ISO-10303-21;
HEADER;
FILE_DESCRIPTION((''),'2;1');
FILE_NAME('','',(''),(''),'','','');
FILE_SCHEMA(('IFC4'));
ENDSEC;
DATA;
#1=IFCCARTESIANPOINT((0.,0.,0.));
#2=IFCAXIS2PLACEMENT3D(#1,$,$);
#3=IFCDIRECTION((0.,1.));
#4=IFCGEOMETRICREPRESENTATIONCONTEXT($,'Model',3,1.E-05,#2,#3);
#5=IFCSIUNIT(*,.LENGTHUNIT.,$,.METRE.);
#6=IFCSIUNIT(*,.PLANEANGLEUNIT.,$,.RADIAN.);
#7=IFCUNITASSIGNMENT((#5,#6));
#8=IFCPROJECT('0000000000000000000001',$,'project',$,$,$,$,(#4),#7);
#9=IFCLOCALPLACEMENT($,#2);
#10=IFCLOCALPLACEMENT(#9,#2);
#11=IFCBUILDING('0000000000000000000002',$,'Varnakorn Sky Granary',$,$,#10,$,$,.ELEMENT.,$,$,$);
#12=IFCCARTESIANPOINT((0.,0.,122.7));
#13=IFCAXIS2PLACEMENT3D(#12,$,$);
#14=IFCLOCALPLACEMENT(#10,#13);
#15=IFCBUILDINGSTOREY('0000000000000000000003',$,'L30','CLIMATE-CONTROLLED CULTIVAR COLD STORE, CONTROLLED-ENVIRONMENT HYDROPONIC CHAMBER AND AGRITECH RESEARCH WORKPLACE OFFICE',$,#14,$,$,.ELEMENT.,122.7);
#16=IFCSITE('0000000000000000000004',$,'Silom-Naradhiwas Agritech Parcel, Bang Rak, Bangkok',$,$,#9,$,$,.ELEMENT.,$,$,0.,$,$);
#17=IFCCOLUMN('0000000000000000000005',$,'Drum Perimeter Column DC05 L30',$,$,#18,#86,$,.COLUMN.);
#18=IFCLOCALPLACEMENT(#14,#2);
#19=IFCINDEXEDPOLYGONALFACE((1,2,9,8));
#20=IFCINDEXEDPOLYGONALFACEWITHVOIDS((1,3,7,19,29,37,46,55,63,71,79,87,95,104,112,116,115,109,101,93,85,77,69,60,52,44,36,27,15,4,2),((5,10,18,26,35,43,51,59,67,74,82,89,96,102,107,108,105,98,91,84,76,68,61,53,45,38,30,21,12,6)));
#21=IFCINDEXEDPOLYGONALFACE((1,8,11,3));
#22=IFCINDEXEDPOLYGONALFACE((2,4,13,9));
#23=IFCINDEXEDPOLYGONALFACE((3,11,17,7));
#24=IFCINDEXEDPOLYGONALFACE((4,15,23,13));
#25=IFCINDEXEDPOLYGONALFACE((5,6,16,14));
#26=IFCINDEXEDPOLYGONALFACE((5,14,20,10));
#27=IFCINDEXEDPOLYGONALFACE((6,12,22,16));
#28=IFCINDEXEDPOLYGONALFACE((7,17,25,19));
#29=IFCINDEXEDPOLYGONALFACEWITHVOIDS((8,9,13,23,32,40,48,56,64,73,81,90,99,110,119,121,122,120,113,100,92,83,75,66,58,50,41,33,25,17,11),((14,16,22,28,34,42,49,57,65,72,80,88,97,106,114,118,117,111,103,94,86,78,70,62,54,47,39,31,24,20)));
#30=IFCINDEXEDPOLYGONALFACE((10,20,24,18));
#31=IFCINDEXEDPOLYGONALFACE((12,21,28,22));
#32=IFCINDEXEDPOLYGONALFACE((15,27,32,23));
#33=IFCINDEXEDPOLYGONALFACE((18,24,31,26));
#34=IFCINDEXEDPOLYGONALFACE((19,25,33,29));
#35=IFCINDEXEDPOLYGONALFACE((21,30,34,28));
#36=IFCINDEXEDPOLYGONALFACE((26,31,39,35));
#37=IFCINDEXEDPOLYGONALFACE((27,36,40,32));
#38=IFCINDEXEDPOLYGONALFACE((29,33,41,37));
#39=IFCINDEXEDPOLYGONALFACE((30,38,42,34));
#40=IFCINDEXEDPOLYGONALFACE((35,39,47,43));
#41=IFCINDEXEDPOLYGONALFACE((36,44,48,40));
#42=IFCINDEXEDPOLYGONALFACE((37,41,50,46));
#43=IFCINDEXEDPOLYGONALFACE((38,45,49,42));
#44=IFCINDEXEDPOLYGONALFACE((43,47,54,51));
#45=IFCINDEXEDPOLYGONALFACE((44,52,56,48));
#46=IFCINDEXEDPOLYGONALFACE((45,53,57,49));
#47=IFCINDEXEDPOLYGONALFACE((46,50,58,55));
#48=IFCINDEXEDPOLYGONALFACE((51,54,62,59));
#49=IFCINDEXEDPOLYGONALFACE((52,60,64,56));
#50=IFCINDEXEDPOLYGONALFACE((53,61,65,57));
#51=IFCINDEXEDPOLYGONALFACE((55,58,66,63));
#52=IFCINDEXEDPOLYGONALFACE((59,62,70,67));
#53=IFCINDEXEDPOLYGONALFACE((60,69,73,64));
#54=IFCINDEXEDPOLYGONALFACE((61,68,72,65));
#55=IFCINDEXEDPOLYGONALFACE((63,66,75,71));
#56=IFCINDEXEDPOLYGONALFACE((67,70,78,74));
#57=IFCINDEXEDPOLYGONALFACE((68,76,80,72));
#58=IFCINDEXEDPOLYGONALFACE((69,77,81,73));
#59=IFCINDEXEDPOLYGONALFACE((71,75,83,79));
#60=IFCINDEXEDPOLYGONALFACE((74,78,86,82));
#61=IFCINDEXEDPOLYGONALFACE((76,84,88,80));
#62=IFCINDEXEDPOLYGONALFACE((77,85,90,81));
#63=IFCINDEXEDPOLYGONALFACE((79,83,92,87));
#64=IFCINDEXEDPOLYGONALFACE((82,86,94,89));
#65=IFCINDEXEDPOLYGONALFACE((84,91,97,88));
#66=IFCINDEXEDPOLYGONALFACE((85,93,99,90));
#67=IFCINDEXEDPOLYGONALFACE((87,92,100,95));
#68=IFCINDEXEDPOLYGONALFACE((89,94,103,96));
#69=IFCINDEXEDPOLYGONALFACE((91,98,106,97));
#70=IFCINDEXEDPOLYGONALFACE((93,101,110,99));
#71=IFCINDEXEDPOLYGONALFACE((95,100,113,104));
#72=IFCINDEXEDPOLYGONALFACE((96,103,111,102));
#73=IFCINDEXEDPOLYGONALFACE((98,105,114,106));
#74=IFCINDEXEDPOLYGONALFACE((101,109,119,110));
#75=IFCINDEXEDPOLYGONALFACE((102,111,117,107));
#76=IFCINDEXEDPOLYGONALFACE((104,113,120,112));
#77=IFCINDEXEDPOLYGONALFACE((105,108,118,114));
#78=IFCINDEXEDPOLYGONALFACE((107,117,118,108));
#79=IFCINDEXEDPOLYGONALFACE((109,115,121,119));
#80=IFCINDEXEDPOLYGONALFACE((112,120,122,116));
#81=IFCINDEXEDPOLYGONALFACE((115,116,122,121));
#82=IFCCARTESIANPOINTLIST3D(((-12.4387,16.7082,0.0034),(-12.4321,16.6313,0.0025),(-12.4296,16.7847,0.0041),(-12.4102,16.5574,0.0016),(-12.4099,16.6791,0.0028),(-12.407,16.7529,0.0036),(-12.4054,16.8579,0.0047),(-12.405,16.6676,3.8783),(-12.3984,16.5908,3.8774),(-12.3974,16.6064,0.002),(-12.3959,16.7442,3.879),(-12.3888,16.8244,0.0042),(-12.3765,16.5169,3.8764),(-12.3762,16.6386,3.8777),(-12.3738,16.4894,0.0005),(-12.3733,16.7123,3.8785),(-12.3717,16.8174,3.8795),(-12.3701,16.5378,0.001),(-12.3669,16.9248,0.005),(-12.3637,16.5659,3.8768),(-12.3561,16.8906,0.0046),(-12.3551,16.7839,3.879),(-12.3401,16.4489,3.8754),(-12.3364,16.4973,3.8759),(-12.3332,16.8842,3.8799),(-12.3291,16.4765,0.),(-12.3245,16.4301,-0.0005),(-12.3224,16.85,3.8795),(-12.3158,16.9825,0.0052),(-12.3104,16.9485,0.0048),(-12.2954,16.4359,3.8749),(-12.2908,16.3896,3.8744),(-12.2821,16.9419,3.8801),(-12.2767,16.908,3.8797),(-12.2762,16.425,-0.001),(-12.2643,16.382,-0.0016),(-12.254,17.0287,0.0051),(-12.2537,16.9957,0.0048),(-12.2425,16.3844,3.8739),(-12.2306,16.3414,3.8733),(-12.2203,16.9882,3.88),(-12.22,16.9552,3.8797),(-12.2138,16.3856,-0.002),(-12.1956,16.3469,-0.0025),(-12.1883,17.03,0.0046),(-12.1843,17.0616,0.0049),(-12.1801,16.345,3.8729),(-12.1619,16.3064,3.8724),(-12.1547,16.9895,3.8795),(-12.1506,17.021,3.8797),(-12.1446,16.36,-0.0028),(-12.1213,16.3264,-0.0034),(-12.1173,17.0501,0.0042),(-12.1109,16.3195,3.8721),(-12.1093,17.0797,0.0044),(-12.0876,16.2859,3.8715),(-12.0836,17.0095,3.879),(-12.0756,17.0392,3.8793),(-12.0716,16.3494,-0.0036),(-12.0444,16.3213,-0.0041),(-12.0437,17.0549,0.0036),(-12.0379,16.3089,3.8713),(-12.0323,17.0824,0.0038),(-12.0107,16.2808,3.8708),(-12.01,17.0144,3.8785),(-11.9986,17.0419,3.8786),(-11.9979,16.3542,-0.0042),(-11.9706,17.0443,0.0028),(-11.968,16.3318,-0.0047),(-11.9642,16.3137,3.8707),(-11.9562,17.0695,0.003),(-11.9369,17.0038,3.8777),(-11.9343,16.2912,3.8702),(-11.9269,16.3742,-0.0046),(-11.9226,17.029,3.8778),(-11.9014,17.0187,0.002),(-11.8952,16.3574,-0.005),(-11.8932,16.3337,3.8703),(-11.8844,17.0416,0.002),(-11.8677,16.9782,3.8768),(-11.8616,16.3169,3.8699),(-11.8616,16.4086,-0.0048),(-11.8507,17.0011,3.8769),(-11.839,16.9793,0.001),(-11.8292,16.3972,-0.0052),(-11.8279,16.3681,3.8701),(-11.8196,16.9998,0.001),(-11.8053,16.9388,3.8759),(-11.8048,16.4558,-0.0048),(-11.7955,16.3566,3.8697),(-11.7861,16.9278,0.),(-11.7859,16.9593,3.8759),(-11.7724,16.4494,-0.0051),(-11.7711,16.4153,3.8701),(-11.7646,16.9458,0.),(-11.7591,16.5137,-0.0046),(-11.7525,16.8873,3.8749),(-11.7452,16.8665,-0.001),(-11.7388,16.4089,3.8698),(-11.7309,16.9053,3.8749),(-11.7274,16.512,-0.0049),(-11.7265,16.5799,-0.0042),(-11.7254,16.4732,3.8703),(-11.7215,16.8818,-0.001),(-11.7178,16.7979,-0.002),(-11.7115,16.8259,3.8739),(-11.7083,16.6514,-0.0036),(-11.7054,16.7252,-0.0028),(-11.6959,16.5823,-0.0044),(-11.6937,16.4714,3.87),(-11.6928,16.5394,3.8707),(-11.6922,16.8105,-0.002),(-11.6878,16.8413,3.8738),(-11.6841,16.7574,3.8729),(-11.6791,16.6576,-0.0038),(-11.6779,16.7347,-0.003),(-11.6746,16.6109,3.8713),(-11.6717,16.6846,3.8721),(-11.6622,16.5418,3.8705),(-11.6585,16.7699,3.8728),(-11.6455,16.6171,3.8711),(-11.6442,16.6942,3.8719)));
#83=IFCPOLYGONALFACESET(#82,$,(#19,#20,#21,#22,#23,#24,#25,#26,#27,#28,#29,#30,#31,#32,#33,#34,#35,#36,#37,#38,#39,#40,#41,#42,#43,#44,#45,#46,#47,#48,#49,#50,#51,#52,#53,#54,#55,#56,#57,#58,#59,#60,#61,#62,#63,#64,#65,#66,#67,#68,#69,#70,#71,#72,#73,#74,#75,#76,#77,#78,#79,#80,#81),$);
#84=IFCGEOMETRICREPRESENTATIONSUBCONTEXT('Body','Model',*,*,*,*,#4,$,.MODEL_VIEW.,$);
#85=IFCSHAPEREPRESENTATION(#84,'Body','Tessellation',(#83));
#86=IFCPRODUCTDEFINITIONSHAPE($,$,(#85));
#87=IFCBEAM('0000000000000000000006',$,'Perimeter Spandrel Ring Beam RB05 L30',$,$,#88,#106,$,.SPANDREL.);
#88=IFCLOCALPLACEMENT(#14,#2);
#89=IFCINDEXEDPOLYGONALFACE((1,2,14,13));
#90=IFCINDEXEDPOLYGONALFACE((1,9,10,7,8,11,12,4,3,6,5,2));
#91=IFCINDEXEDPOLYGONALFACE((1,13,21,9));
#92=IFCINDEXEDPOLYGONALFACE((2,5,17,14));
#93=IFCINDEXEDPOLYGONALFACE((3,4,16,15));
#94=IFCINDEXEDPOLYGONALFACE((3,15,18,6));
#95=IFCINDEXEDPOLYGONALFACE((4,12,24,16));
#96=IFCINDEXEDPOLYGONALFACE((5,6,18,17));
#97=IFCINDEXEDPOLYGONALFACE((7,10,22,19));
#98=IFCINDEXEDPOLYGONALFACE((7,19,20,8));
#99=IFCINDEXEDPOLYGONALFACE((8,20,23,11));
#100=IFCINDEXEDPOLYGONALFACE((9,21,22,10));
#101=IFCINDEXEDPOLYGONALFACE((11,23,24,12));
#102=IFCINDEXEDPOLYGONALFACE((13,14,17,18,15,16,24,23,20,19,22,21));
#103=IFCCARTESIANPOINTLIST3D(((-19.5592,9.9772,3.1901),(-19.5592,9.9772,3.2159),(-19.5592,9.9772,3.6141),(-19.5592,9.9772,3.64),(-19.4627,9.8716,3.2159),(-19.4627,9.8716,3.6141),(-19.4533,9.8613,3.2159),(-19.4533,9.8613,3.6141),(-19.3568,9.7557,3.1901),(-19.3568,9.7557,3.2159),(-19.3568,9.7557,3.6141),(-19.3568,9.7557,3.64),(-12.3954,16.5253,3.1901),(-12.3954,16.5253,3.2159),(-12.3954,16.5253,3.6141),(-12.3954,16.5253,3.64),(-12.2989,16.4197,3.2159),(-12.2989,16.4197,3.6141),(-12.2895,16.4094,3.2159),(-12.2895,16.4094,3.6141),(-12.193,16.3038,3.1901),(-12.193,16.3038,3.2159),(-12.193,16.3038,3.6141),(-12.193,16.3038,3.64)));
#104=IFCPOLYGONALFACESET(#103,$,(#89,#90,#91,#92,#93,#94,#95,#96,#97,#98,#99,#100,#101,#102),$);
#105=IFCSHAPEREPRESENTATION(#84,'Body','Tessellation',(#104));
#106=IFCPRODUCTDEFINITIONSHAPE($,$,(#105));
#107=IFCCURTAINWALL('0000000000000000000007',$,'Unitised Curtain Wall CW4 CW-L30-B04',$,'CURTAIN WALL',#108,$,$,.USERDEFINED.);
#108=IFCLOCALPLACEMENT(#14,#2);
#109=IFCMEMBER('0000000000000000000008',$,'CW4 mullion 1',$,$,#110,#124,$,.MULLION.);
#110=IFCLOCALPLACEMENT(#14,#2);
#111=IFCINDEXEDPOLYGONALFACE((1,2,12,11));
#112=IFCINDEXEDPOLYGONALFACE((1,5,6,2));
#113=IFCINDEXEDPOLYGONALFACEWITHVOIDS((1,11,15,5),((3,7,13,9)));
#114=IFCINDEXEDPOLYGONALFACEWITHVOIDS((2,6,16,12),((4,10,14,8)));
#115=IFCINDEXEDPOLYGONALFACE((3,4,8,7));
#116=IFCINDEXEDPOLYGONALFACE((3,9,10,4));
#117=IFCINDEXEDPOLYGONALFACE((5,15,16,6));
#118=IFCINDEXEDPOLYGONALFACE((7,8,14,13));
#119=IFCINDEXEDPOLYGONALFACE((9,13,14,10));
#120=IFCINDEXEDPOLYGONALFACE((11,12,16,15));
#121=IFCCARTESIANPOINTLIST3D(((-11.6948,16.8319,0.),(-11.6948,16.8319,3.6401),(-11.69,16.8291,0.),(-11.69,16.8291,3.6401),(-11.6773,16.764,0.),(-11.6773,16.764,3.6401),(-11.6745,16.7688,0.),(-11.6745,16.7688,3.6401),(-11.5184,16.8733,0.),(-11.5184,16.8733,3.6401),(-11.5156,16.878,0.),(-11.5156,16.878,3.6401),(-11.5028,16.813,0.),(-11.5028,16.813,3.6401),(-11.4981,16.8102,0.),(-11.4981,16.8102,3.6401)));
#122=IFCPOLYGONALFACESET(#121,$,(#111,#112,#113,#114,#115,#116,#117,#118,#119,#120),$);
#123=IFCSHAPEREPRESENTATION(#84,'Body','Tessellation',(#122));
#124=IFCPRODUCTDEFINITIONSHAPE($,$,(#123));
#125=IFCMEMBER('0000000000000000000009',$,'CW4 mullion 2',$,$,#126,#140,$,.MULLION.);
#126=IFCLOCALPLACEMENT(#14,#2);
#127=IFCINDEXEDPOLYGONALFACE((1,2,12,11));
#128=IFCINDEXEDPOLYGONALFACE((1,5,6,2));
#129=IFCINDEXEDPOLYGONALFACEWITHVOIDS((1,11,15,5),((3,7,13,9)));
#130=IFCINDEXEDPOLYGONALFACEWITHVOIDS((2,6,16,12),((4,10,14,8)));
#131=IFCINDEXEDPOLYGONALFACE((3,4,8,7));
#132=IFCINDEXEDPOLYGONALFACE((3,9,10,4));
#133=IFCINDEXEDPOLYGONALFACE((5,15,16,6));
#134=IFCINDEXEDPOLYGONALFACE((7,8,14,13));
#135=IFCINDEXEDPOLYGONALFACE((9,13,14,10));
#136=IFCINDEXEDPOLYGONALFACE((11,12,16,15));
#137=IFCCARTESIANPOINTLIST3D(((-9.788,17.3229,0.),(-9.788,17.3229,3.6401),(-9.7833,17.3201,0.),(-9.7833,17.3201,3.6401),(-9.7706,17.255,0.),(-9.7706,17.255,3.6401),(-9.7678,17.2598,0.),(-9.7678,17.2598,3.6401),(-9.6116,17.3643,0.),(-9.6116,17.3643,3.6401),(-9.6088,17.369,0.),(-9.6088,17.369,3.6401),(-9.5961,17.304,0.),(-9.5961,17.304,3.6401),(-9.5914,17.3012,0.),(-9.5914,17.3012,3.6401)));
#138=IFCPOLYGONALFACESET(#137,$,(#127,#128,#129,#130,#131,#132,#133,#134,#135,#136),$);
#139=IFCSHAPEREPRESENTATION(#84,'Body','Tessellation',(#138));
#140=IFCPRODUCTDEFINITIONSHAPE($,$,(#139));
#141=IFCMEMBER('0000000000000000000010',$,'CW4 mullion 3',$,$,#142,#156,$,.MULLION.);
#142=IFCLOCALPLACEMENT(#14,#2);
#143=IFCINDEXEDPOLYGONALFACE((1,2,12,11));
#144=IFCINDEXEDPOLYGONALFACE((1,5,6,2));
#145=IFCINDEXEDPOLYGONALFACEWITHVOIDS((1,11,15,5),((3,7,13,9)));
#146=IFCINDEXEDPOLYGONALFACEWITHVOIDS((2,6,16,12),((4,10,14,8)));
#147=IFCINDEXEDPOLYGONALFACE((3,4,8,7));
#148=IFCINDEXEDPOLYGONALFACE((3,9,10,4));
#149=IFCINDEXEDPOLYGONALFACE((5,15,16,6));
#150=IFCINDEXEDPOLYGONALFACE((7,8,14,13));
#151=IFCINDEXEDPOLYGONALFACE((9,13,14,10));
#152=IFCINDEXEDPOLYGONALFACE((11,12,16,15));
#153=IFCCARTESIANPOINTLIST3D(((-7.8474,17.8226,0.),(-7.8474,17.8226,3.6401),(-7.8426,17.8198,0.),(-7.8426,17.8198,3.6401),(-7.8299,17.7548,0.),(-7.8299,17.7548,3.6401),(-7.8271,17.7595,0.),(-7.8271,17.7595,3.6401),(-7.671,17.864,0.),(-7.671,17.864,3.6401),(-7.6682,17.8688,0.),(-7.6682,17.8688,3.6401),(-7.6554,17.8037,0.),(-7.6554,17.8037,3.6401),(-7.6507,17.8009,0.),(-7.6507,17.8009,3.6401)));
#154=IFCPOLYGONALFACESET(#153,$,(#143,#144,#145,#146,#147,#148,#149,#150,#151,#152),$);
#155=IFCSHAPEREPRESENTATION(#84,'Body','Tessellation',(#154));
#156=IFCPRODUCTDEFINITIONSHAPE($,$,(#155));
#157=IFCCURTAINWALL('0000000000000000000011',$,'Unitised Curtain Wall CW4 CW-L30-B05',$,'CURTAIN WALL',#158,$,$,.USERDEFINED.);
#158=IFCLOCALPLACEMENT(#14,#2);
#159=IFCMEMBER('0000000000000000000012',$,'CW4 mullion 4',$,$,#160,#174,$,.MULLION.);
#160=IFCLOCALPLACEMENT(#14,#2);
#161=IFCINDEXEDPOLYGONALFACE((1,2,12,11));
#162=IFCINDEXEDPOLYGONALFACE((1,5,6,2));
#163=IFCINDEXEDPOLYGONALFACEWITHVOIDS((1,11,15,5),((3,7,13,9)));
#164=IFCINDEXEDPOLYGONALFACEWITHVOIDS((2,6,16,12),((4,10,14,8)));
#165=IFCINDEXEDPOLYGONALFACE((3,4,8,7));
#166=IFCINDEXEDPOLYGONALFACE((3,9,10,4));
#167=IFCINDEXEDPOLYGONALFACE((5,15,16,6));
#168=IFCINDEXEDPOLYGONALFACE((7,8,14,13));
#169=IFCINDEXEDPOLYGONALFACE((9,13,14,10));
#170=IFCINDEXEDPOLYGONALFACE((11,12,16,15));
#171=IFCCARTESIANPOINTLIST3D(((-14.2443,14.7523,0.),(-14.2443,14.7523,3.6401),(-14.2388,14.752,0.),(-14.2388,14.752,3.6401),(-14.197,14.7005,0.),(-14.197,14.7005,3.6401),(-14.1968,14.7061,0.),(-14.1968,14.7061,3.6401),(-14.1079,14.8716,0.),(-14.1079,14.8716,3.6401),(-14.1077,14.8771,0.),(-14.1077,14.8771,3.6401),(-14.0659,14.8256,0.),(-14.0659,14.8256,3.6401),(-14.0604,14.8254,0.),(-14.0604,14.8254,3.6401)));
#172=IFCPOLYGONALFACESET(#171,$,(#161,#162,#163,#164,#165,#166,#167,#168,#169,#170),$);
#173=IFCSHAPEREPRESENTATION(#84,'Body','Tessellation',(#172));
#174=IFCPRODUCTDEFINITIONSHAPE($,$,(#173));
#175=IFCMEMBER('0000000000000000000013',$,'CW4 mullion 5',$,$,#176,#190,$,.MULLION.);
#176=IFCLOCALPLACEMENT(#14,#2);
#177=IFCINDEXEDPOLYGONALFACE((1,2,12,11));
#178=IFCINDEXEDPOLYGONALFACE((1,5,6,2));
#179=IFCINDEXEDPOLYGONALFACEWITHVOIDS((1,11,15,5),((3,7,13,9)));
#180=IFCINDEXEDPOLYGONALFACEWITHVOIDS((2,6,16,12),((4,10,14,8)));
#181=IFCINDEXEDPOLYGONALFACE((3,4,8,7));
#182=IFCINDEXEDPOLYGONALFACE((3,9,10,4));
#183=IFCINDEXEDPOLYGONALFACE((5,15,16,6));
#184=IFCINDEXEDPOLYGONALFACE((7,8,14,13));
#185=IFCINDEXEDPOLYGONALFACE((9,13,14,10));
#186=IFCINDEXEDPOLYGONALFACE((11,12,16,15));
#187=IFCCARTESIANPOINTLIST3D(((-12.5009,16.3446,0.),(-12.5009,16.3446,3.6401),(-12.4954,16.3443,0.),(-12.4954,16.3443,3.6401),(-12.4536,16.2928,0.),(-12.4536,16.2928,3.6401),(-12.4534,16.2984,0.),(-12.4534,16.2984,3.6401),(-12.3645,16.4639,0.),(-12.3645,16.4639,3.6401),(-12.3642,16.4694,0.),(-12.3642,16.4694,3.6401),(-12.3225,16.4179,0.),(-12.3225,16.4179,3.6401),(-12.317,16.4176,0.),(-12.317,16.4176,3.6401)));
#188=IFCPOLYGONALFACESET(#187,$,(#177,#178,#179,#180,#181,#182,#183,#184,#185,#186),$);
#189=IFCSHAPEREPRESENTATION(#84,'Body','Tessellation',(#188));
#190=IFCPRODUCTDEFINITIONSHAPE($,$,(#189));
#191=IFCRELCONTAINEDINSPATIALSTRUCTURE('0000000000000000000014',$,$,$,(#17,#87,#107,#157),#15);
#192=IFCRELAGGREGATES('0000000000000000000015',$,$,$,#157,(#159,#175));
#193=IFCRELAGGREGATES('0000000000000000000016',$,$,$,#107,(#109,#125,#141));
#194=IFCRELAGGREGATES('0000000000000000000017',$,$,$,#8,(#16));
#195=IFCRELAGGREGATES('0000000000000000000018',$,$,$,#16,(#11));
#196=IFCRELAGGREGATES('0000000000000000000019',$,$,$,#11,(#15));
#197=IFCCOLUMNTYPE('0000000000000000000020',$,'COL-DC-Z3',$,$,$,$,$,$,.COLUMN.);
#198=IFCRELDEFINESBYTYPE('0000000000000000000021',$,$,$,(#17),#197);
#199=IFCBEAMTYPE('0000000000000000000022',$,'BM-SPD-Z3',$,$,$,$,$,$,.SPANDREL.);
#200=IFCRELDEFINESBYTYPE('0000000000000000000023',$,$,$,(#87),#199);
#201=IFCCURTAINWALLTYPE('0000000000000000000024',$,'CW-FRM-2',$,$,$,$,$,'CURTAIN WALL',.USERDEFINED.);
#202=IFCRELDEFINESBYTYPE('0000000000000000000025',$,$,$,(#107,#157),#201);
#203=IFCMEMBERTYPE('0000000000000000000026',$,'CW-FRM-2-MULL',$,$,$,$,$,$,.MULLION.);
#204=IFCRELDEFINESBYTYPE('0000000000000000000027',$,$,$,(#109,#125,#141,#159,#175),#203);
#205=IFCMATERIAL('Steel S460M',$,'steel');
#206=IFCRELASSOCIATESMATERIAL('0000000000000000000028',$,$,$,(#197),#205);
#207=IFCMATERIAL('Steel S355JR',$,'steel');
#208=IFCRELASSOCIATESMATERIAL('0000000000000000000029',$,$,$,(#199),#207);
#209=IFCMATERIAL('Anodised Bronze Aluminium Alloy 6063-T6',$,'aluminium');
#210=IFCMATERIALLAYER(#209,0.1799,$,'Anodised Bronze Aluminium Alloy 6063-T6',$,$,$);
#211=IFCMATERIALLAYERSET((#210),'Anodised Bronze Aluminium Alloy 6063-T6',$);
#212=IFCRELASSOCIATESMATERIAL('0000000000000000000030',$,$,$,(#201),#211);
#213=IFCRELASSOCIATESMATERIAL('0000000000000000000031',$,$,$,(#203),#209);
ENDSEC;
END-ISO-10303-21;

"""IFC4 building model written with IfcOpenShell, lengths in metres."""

from ifc_helpers import new_model, si_unit, direction, frame, origin, origin_2d, place, context, subcontext, project, spatial, hollow_rectangle, hollow_circle, i_section, extrude, material, layer, layer_set, material_profile, profile_set, type_object, element, aggregate, save


model = new_model("IFC4")

# Units and contexts
model_context = context("Model", 3, precision=1e-05, world=origin(), true_north=direction((0.0, 1.0)))
body_context = subcontext(model_context, "Body", "Model", "MODEL_VIEW")
ifc_project = project(units=[si_unit("LENGTHUNIT", "METRE"), si_unit("PLANEANGLEUNIT", "RADIAN")], contexts=[model_context])

# Site, building, storey
site_placement = place(None, origin())
site = spatial("IfcSite", under=ifc_project, at=site_placement, Name="Silom-Naradhiwas Agritech Parcel, Bang Rak, Bangkok", CompositionType="ELEMENT", RefElevation=0.0)
building_placement = place(site_placement, origin())
building = spatial("IfcBuilding", under=site, at=building_placement, Name="Varnakorn Sky Granary", CompositionType="ELEMENT")
storey_placement = place(building_placement, frame((0.0, 0.0, 122.7)))
storey = spatial("IfcBuildingStorey", under=building, at=storey_placement, Name="L30", Description="CLIMATE-CONTROLLED CULTIVAR COLD STORE, CONTROLLED-ENVIRONMENT HYDROPONIC CHAMBER AND AGRITECH RESEARCH WORKPLACE OFFICE", CompositionType="ELEMENT", Elevation=122.7)

# Column
ifc_material_1 = material(Name="Steel S460M", Category="steel")
ifc_material_profile_1 = material_profile(ifc_material_1, hollow_circle(Radius=0.3811, WallThickness=0.0281, at=origin_2d()), Name="CHS 762x28")
ifc_profile_set_1 = profile_set([ifc_material_profile_1], Name="Steel S460M")
column_type = type_object("IfcColumnType", Name="COL-DC-Z3", PredefinedType="COLUMN", material=ifc_profile_set_1)
column_placement = place(storey_placement, frame((-12.0576, 16.7021, 0.0), z_axis=(0.008694, -0.010458, 0.999908), x_axis=(0.76898, 0.639273, 0.0)))
element("IfcColumn", 1, at=column_placement, inside=storey, type_object=column_type, Name="Drum Perimeter Column DC05 L30", PredefinedType="COLUMN", context=body_context, shape_type="SweptSolid", body=[
    extrude(hollow_circle(Radius=0.3811, WallThickness=0.0281, at=origin_2d()), origin(), (0.0, 0.0, 1.0), 3.8752),
])

# Beam
ifc_material_2 = material(Name="Steel S355JR", Category="steel")
ifc_material_profile_2 = material_profile(ifc_material_2, i_section(OverallWidth=0.3, OverallDepth=0.45, WebThickness=0.0139, FlangeThickness=0.0259, at=origin_2d()), Name="HE 450 B")
ifc_profile_set_2 = profile_set([ifc_material_profile_2], Name="Steel S355JR")
beam_type = type_object("IfcBeamType", Name="BM-SPD-Z3", PredefinedType="SPANDREL", material=ifc_profile_set_2)
beam_placement = place(storey_placement, frame((-12.2942, 16.4146, 3.415), z_axis=(-0.738115, -0.674675, 0.0), x_axis=(0.674675, -0.738115, 0.0)))
element("IfcBeam", 2, at=beam_placement, inside=storey, type_object=beam_type, Name="Perimeter Spandrel Ring Beam RB05 L30", PredefinedType="SPANDREL", context=body_context, shape_type="SweptSolid", body=[
    extrude(i_section(OverallWidth=0.3, OverallDepth=0.45, WebThickness=0.0139, FlangeThickness=0.0259, at=origin_2d()), origin(), (0.0, 0.0, 1.0), 9.7056),
])

# Curtain walls, members
ifc_material_3 = material(Name="Anodised Bronze Aluminium Alloy 6063-T6", Category="aluminium")
ifc_layer_1 = layer(ifc_material_3, 0.1799, Name="Anodised Bronze Aluminium Alloy 6063-T6")
ifc_layer_set_1 = layer_set([ifc_layer_1], Name="Anodised Bronze Aluminium Alloy 6063-T6")
curtain_wall_type = type_object("IfcCurtainWallType", Name="CW-FRM-2", ElementType="CURTAIN WALL", PredefinedType="USERDEFINED", material=ifc_layer_set_1)
curtain_wall_1_placement = place(storey_placement, origin())
curtain_wall_1 = element("IfcCurtainWall", 3, at=curtain_wall_1_placement, inside=storey, type_object=curtain_wall_type, Name="Unitised Curtain Wall CW4 CW-L30-B04", ObjectType="CURTAIN WALL", PredefinedType="USERDEFINED")
ifc_material_profile_3 = material_profile(ifc_material_3, hollow_rectangle(XDim=0.0701, YDim=0.1851, WallThickness=0.0039, at=origin_2d()), Name="ALU MULL 70x185")
ifc_profile_set_3 = profile_set([ifc_material_profile_3], Name="Anodised Bronze Aluminium Alloy 6063-T6")
member_type_1 = type_object("IfcMemberType", Name="CW-FRM-2-MULL", PredefinedType="MULLION", material=ifc_profile_set_3)
member_1_placement = place(storey_placement, frame((-11.5964, 16.821, 0.0), z_axis=(0.0, 0.0, 1.0), x_axis=(-0.249384, 0.968405, 0.0)))
member_1 = element("IfcMember", 4, at=member_1_placement, type_object=member_type_1, Name="CW4 mullion 1", PredefinedType="MULLION", context=body_context, shape_type="SweptSolid", body=[
    extrude(hollow_rectangle(XDim=0.0701, YDim=0.1851, WallThickness=0.0039, at=origin_2d()), origin(), (0.0, 0.0, 1.0), 3.6401),
])
member_2_placement = place(storey_placement, frame((-9.6897, 17.312, 0.0), z_axis=(0.0, 0.0, 1.0), x_axis=(-0.249384, 0.968405, 0.0)))
member_2 = element("IfcMember", 5, at=member_2_placement, type_object=member_type_1, Name="CW4 mullion 2", PredefinedType="MULLION", context=body_context, shape_type="SweptSolid", body=[
    extrude(hollow_rectangle(XDim=0.0701, YDim=0.1851, WallThickness=0.0039, at=origin_2d()), origin(), (0.0, 0.0, 1.0), 3.6401),
])
member_3_placement = place(storey_placement, frame((-7.749, 17.8118, 0.0), z_axis=(0.0, 0.0, 1.0), x_axis=(-0.249384, 0.968405, 0.0)))
member_3 = element("IfcMember", 6, at=member_3_placement, type_object=member_type_1, Name="CW4 mullion 3", PredefinedType="MULLION", context=body_context, shape_type="SweptSolid", body=[
    extrude(hollow_rectangle(XDim=0.0701, YDim=0.1851, WallThickness=0.0039, at=origin_2d()), origin(), (0.0, 0.0, 1.0), 3.6401),
])
curtain_wall_2_placement = place(storey_placement, origin())
curtain_wall_2 = element("IfcCurtainWall", 7, at=curtain_wall_2_placement, inside=storey, type_object=curtain_wall_type, Name="Unitised Curtain Wall CW4 CW-L30-B05", ObjectType="CURTAIN WALL", PredefinedType="USERDEFINED")
member_4_placement = place(storey_placement, frame((-14.1523, 14.7888, 0.0), z_axis=(0.0, 0.0, 1.0), x_axis=(-0.674407, 0.738359, 0.0)))
member_4 = element("IfcMember", 8, at=member_4_placement, type_object=member_type_1, Name="CW4 mullion 4", PredefinedType="MULLION", context=body_context, shape_type="SweptSolid", body=[
    extrude(hollow_rectangle(XDim=0.0701, YDim=0.1851, WallThickness=0.0039, at=origin_2d()), origin(), (0.0, 0.0, 1.0), 3.6401),
])
member_5_placement = place(storey_placement, frame((-12.4089, 16.3811, 0.0), z_axis=(0.0, 0.0, 1.0), x_axis=(-0.674407, 0.738359, 0.0)))
member_5 = element("IfcMember", 9, at=member_5_placement, type_object=member_type_1, Name="CW4 mullion 5", PredefinedType="MULLION", context=body_context, shape_type="SweptSolid", body=[
    extrude(hollow_rectangle(XDim=0.0701, YDim=0.1851, WallThickness=0.0039, at=origin_2d()), origin(), (0.0, 0.0, 1.0), 3.6401),
])

aggregate(curtain_wall_2, [member_4, member_5])
aggregate(curtain_wall_1, [member_1, member_2, member_3])

save(model, "model.ifc")
